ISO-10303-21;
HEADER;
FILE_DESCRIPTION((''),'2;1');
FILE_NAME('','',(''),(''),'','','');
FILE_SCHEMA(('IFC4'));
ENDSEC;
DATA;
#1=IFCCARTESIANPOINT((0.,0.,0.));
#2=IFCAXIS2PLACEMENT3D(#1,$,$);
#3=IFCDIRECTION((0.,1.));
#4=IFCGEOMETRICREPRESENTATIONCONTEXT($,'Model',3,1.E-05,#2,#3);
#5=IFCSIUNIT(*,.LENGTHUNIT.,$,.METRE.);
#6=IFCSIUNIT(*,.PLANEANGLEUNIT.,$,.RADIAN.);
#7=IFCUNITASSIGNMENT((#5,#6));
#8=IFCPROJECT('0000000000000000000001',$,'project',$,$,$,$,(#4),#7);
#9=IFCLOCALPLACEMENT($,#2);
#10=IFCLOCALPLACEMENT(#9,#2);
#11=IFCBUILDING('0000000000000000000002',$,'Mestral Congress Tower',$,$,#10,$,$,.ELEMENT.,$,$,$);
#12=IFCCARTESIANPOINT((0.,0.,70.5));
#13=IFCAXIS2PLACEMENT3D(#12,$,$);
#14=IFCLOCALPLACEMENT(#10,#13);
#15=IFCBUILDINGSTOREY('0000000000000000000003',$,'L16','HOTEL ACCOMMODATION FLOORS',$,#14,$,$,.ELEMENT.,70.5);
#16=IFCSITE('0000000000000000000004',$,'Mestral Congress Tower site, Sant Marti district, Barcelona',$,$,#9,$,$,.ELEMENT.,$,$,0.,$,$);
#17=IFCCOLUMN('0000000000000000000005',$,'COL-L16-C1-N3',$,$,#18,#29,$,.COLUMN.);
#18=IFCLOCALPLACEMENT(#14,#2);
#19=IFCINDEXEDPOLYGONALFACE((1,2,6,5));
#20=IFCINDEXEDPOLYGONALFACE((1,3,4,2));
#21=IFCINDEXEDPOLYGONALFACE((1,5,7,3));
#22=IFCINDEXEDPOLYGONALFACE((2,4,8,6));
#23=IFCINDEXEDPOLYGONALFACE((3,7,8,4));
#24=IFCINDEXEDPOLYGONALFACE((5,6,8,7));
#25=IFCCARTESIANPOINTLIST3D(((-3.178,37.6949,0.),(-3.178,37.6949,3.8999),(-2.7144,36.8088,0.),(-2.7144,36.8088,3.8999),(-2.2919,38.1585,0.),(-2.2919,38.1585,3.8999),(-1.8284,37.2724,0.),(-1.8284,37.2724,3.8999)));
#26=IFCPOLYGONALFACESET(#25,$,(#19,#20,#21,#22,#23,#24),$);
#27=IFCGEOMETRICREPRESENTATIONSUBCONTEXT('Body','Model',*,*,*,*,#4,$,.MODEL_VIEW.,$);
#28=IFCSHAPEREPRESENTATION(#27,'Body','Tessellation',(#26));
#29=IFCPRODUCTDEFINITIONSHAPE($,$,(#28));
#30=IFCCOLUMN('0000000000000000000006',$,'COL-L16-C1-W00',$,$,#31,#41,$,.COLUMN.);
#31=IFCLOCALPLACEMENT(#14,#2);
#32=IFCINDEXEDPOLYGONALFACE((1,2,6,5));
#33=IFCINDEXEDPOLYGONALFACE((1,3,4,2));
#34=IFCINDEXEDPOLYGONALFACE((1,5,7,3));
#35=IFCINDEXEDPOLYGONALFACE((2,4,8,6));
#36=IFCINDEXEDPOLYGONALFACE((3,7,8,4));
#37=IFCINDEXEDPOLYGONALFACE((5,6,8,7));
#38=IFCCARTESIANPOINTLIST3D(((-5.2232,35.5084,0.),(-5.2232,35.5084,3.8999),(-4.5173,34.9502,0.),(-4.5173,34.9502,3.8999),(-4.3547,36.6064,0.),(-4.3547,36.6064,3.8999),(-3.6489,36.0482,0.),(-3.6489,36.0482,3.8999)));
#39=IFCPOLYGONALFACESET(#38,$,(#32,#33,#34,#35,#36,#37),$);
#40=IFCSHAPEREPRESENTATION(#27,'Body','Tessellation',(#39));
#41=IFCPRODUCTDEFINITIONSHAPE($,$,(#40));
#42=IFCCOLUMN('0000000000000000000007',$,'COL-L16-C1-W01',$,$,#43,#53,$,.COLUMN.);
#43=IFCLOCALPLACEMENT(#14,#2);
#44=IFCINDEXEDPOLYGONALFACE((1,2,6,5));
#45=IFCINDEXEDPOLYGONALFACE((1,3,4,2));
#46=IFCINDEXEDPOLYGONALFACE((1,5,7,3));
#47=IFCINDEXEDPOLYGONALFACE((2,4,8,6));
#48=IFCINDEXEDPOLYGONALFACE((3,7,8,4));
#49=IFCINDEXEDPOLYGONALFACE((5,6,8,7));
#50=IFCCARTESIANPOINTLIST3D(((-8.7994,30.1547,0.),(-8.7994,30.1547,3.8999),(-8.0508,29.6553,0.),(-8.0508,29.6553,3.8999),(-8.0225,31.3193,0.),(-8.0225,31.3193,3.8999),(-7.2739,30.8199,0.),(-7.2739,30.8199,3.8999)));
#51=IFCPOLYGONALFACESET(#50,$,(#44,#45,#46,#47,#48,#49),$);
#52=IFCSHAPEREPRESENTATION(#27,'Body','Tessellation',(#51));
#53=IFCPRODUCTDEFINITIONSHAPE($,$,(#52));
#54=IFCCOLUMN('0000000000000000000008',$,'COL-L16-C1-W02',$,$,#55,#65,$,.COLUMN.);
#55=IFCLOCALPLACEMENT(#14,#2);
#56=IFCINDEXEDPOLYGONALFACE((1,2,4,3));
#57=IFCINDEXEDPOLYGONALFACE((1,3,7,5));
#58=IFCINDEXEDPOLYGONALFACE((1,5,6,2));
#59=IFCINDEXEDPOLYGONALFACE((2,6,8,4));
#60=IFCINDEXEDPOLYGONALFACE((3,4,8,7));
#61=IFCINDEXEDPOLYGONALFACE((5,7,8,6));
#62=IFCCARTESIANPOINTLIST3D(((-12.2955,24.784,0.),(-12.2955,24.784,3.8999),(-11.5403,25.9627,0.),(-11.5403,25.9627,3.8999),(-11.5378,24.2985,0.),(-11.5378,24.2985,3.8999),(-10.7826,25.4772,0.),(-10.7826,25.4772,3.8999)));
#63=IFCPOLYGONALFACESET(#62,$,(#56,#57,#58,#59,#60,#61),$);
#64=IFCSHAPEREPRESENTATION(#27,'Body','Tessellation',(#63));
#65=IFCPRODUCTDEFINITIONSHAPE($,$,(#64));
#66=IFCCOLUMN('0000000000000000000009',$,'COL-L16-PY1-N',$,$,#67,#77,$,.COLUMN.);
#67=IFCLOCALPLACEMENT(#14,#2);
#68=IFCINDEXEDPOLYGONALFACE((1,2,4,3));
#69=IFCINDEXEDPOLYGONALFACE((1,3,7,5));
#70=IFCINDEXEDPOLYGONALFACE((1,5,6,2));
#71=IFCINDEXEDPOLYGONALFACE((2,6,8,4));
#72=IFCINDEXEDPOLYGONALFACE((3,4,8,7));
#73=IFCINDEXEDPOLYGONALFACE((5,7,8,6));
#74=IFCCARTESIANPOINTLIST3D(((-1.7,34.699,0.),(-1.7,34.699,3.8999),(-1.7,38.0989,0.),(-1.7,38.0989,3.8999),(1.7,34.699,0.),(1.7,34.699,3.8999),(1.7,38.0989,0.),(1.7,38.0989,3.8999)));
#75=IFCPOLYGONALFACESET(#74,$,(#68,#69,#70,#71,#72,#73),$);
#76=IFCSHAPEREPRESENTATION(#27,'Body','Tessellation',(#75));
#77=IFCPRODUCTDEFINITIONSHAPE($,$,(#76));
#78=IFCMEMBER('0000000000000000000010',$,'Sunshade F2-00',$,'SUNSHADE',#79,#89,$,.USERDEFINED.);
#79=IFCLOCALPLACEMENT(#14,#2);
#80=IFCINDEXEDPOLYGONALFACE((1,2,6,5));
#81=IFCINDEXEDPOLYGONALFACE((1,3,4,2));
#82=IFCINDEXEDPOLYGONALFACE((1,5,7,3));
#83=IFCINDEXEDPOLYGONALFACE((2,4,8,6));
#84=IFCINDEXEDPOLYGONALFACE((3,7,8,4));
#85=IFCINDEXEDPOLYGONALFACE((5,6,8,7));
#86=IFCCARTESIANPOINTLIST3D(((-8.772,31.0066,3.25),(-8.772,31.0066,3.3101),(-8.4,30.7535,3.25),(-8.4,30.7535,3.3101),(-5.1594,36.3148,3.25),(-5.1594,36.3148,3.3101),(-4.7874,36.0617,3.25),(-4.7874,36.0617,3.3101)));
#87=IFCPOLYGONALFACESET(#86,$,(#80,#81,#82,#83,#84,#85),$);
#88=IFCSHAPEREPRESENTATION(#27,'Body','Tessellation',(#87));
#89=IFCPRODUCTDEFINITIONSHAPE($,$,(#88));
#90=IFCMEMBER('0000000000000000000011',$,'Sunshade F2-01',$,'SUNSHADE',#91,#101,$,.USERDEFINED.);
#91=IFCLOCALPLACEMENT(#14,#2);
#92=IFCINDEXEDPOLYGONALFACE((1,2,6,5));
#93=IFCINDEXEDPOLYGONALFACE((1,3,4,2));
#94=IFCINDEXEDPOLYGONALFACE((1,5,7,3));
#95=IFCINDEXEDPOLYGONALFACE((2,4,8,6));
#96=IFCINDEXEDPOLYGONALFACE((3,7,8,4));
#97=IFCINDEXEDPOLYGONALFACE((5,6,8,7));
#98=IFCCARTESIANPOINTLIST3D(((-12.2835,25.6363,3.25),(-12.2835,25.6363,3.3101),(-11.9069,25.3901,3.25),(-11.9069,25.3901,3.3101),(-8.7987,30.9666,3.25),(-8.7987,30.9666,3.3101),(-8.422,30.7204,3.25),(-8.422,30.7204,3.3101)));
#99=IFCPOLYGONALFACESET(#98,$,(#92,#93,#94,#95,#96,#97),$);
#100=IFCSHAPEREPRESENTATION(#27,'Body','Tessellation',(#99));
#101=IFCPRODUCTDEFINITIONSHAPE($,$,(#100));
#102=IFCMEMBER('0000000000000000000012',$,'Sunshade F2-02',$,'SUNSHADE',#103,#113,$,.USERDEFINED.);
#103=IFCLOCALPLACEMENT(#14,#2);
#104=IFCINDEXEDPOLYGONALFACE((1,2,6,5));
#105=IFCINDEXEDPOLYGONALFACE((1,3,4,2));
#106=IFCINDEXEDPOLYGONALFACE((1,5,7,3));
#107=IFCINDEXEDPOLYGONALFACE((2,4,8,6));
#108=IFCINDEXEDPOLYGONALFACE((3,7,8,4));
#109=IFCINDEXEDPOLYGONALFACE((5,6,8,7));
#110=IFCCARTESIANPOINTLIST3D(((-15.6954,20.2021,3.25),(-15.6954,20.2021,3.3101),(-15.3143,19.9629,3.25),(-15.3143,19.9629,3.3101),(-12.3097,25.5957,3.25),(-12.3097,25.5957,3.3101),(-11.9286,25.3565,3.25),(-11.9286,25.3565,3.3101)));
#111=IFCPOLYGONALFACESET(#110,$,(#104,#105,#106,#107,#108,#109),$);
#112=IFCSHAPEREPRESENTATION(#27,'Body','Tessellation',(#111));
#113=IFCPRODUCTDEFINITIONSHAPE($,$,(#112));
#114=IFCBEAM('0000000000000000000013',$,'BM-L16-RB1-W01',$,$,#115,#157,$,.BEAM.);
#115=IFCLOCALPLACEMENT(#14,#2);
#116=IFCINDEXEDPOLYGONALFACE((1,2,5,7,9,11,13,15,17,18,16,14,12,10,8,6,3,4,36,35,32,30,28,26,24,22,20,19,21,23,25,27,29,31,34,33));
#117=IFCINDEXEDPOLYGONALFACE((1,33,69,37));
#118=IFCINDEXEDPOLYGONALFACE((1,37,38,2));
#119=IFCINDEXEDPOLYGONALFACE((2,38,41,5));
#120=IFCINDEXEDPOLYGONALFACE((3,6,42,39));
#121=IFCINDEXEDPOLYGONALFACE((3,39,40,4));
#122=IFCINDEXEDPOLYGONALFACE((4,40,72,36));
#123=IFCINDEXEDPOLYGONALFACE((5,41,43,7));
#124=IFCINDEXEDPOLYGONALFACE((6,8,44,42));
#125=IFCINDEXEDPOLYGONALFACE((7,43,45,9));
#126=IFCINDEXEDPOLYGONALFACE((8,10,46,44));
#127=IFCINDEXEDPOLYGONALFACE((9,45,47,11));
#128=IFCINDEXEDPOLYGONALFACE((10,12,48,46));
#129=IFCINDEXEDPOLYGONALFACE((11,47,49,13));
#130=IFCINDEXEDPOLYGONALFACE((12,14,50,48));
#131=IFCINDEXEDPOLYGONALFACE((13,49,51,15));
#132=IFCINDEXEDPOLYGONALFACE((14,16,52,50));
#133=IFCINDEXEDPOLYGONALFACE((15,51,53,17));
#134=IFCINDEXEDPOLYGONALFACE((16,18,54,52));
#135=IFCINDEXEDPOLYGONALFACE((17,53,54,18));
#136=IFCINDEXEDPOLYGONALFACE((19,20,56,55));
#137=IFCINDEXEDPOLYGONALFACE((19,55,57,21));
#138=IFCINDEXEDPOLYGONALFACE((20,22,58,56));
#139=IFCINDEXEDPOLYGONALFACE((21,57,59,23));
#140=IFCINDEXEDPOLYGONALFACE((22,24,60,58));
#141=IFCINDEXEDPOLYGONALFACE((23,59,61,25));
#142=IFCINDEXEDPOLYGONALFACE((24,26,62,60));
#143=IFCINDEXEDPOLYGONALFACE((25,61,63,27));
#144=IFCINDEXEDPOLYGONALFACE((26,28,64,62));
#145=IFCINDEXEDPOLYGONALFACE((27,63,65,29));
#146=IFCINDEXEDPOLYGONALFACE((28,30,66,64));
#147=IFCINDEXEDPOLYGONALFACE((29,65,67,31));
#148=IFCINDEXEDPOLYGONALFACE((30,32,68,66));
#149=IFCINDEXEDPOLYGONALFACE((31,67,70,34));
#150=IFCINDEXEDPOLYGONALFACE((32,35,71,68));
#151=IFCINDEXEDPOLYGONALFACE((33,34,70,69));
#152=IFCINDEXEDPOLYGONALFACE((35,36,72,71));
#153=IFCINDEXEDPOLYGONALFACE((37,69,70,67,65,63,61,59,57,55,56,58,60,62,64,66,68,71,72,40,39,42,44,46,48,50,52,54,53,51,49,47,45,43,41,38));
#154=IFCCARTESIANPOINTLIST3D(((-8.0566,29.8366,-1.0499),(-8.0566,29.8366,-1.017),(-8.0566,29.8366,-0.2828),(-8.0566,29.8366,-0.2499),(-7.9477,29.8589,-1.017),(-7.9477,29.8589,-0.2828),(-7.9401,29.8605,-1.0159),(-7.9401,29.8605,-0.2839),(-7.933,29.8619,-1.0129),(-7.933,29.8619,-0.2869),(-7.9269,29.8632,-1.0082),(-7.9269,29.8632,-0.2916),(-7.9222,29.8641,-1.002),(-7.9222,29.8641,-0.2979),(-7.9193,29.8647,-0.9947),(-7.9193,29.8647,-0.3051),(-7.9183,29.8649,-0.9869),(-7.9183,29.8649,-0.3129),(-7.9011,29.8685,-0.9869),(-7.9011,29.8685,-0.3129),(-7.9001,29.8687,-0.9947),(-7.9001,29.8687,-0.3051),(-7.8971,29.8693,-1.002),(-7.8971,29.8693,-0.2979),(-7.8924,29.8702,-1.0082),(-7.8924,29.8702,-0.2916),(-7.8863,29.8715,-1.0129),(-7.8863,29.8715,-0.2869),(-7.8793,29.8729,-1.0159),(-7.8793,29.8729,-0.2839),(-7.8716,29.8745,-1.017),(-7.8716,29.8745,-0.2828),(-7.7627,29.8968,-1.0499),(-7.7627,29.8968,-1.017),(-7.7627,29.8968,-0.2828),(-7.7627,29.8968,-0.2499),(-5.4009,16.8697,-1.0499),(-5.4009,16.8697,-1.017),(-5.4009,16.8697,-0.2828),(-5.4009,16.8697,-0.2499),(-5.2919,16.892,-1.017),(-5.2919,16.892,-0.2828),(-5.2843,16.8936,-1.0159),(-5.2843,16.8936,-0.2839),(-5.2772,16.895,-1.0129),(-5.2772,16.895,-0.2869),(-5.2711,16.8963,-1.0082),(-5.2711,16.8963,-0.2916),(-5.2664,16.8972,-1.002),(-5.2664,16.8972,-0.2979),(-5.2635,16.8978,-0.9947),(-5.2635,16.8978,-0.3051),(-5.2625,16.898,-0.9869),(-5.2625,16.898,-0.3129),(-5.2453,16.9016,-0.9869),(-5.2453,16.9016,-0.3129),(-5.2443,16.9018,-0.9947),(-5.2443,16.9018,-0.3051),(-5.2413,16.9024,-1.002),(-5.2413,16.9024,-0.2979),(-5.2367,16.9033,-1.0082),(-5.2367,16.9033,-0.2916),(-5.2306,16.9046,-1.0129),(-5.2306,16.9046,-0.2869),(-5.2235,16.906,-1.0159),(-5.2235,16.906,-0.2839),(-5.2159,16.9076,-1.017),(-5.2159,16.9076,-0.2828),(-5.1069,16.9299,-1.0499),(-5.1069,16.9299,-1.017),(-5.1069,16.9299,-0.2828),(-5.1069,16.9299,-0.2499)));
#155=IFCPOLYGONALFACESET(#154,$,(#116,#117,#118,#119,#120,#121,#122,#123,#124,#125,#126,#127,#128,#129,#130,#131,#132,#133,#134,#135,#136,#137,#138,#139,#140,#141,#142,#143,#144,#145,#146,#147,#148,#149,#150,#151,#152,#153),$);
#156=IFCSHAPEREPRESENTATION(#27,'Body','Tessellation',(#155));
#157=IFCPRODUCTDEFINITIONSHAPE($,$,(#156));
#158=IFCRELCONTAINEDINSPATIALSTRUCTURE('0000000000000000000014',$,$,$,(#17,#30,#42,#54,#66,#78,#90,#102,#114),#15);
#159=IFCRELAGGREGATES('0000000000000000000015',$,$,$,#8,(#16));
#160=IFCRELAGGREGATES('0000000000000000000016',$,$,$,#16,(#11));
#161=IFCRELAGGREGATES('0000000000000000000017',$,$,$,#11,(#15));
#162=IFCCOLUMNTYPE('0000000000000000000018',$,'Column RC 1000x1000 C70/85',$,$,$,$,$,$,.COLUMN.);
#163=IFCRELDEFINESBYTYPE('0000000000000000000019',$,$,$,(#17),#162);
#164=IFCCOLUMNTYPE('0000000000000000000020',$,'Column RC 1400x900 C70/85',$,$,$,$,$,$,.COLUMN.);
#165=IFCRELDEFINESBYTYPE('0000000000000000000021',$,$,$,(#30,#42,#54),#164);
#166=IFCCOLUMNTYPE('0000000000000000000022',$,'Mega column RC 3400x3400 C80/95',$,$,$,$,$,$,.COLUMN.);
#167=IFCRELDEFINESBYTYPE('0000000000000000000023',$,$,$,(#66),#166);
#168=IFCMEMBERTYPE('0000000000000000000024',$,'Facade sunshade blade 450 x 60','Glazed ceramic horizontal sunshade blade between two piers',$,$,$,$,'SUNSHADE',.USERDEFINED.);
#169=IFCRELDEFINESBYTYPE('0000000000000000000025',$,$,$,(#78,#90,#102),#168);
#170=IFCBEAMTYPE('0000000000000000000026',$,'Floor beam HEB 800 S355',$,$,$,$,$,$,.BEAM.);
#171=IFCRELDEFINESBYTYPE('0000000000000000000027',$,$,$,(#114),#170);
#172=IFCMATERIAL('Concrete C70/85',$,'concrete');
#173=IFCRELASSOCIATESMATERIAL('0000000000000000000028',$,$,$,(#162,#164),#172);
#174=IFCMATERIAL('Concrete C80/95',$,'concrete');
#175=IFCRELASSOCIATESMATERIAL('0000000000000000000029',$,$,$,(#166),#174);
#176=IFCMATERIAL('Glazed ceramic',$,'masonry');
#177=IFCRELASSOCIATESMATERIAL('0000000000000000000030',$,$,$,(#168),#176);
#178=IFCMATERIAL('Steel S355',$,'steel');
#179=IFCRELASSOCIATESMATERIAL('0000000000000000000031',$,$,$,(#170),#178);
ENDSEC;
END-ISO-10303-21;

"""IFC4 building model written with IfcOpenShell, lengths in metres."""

from ifc_helpers import new_model, si_unit, direction, frame, origin, origin_2d, place, context, subcontext, project, spatial, rectangle, i_section, extrude, material, material_profile, profile_set, type_object, element, save


model = new_model("IFC4")

# Units and contexts
model_context = context("Model", 3, precision=1e-05, world=origin(), true_north=direction((0.0, 1.0)))
body_context = subcontext(model_context, "Body", "Model", "MODEL_VIEW")
ifc_project = project(units=[si_unit("LENGTHUNIT", "METRE"), si_unit("PLANEANGLEUNIT", "RADIAN")], contexts=[model_context])

# Site, building, storey
site_placement = place(None, origin())
site = spatial("IfcSite", under=ifc_project, at=site_placement, Name="Mestral Congress Tower site, Sant Marti district, Barcelona", CompositionType="ELEMENT", RefElevation=0.0)
building_placement = place(site_placement, origin())
building = spatial("IfcBuilding", under=site, at=building_placement, Name="Mestral Congress Tower", CompositionType="ELEMENT")
storey_placement = place(building_placement, frame((0.0, 0.0, 70.5)))
storey = spatial("IfcBuildingStorey", under=building, at=storey_placement, Name="L16", Description="HOTEL ACCOMMODATION FLOORS", CompositionType="ELEMENT", Elevation=70.5)

# Columns
ifc_material_1 = material(Name="Concrete C70/85", Category="concrete")
ifc_material_profile_1 = material_profile(ifc_material_1, rectangle(XDim=1.0, YDim=1.0, at=origin_2d()), Name="RC 1000x1000")
ifc_profile_set_1 = profile_set([ifc_material_profile_1], Name="Concrete C70/85")
column_type_1 = type_object("IfcColumnType", Name="Column RC 1000x1000 C70/85", PredefinedType="COLUMN", material=ifc_profile_set_1)
column_1_placement = place(storey_placement, frame((-2.5032, 37.4836, 0.0), z_axis=(0.0, 0.0, 1.0), x_axis=(-0.886068, -0.463556, 0.0)))
element("IfcColumn", 1, at=column_1_placement, inside=storey, type_object=column_type_1, Name="COL-L16-C1-N3", PredefinedType="COLUMN", context=body_context, shape_type="SweptSolid", body=[
    extrude(rectangle(XDim=1.0, YDim=1.0, at=origin_2d()), origin(), (0.0, 0.0, 1.0), 3.8999),
])
ifc_material_profile_2 = material_profile(ifc_material_1, rectangle(XDim=1.3999, YDim=0.8999, at=origin_2d()), Name="RC 1400x900")
ifc_profile_set_2 = profile_set([ifc_material_profile_2], Name="Concrete C70/85")
column_type_2 = type_object("IfcColumnType", Name="Column RC 1400x900 C70/85", PredefinedType="COLUMN", material=ifc_profile_set_2)
for number, where, z_axis, x_axis, name in (
    (2, (-4.436, 35.7783, 0.0), (0.0, 0.0, 1.0), (-0.620334, -0.784338, 0.0), "COL-L16-C1-W00"),
    (3, (-8.0366, 30.4873, 0.0), (0.0, 0.0, 1.0), (-0.554949, -0.831884, 0.0), "COL-L16-C1-W01"),
    (4, (-11.5391, 25.1306, 0.0), (0.0, 0.0, 1.0), (-0.539476, -0.842001, 0.0), "COL-L16-C1-W02"),
):
    element("IfcColumn", number, at=place(storey_placement, frame(where, z_axis=z_axis, x_axis=x_axis)), inside=storey, type_object=column_type_2, Name=name, PredefinedType="COLUMN", context=body_context, shape_type="SweptSolid", body=[
        extrude(rectangle(XDim=1.3999, YDim=0.8999, at=origin_2d()), origin(), (0.0, 0.0, 1.0), 3.8999),
    ])
ifc_material_2 = material(Name="Concrete C80/95", Category="concrete")
ifc_material_profile_3 = material_profile(ifc_material_2, rectangle(XDim=3.3999, YDim=3.3999, at=origin_2d()), Name="RC 3400x3400")
ifc_profile_set_3 = profile_set([ifc_material_profile_3], Name="Concrete C80/95")
column_type_3 = type_object("IfcColumnType", Name="Mega column RC 3400x3400 C80/95", PredefinedType="COLUMN", material=ifc_profile_set_3)
column_2_placement = place(storey_placement, frame((0.0, 36.3989, 0.0), z_axis=(0.0, 0.0, 1.0), x_axis=(0.0, 1.0, 0.0)))
element("IfcColumn", 5, at=column_2_placement, inside=storey, type_object=column_type_3, Name="COL-L16-PY1-N", PredefinedType="COLUMN", context=body_context, shape_type="SweptSolid", body=[
    extrude(rectangle(XDim=3.3999, YDim=3.3999, at=origin_2d()), origin(), (0.0, 0.0, 1.0), 3.8999),
])

# Members
ifc_material_3 = material(Name="Glazed ceramic", Category="masonry")
ifc_material_profile_4 = material_profile(ifc_material_3, rectangle(XDim=0.45, YDim=0.0601, at=origin_2d()), Name="Ceramic blade 450 x 60")
ifc_profile_set_4 = profile_set([ifc_material_profile_4], Name="Glazed ceramic")
member_type = type_object("IfcMemberType", Name="Facade sunshade blade 450 x 60", Description="Glazed ceramic horizontal sunshade blade between two piers", ElementType="SUNSHADE", PredefinedType="USERDEFINED", material=ifc_profile_set_4)
member_1_placement = place(storey_placement, frame((-4.9734, 36.1882, 3.28), z_axis=(-0.562633, -0.826706, 0.0), x_axis=(0.826706, -0.562633, 0.0)))
element("IfcMember", 6, at=member_1_placement, inside=storey, type_object=member_type, Name="Sunshade F2-00", ObjectType="SUNSHADE", PredefinedType="USERDEFINED", context=body_context, shape_type="SweptSolid", body=[
    extrude(rectangle(XDim=0.45, YDim=0.0601, at=origin_2d()), origin(), (0.0, 0.0, 1.0), 6.4209),
])
member_2_placement = place(storey_placement, frame((-8.6104, 30.8435, 3.28), z_axis=(-0.547211, -0.836995, 0.0), x_axis=(0.836995, -0.547211, 0.0)))
element("IfcMember", 7, at=member_2_placement, inside=storey, type_object=member_type, Name="Sunshade F2-01", ObjectType="SUNSHADE", PredefinedType="USERDEFINED", context=body_context, shape_type="SweptSolid", body=[
    extrude(rectangle(XDim=0.45, YDim=0.0601, at=origin_2d()), origin(), (0.0, 0.0, 1.0), 6.3684),
])
member_3_placement = place(storey_placement, frame((-12.1191, 25.4761, 3.28), z_axis=(-0.531666, -0.846954, 0.0), x_axis=(0.846954, -0.531666, 0.0)))
element("IfcMember", 8, at=member_3_placement, inside=storey, type_object=member_type, Name="Sunshade F2-02", ObjectType="SUNSHADE", PredefinedType="USERDEFINED", context=body_context, shape_type="SweptSolid", body=[
    extrude(rectangle(XDim=0.45, YDim=0.0601, at=origin_2d()), origin(), (0.0, 0.0, 1.0), 6.3682),
])

# Beam
ifc_material_4 = material(Name="Steel S355", Category="steel")
ifc_material_profile_5 = material_profile(ifc_material_4, i_section(OverallWidth=0.3, OverallDepth=0.8, WebThickness=0.0176, FlangeThickness=0.033, FilletRadius=0.03, at=origin_2d()), Name="HEB 800")
ifc_profile_set_5 = profile_set([ifc_material_profile_5], Name="Steel S355")
beam_type_1 = type_object("IfcBeamType", Name="Floor beam HEB 800 S355", PredefinedType="BEAM", material=ifc_profile_set_5)
beam_1_placement = place(storey_placement, frame((-7.9097, 29.8667, -0.6499), z_axis=(0.200647, -0.979664, 0.0), x_axis=(0.979664, 0.200647, 0.0)))
element("IfcBeam", 9, at=beam_1_placement, inside=storey, type_object=beam_type_1, Name="BM-L16-RB1-W01", PredefinedType="BEAM", context=body_context, shape_type="SweptSolid", body=[
    extrude(i_section(OverallWidth=0.3, OverallDepth=0.8, WebThickness=0.0176, FlangeThickness=0.033, FilletRadius=0.03, at=origin_2d()), origin(), (0.0, 0.0, 1.0), 13.2361),
])

save(model, "model.ifc")
